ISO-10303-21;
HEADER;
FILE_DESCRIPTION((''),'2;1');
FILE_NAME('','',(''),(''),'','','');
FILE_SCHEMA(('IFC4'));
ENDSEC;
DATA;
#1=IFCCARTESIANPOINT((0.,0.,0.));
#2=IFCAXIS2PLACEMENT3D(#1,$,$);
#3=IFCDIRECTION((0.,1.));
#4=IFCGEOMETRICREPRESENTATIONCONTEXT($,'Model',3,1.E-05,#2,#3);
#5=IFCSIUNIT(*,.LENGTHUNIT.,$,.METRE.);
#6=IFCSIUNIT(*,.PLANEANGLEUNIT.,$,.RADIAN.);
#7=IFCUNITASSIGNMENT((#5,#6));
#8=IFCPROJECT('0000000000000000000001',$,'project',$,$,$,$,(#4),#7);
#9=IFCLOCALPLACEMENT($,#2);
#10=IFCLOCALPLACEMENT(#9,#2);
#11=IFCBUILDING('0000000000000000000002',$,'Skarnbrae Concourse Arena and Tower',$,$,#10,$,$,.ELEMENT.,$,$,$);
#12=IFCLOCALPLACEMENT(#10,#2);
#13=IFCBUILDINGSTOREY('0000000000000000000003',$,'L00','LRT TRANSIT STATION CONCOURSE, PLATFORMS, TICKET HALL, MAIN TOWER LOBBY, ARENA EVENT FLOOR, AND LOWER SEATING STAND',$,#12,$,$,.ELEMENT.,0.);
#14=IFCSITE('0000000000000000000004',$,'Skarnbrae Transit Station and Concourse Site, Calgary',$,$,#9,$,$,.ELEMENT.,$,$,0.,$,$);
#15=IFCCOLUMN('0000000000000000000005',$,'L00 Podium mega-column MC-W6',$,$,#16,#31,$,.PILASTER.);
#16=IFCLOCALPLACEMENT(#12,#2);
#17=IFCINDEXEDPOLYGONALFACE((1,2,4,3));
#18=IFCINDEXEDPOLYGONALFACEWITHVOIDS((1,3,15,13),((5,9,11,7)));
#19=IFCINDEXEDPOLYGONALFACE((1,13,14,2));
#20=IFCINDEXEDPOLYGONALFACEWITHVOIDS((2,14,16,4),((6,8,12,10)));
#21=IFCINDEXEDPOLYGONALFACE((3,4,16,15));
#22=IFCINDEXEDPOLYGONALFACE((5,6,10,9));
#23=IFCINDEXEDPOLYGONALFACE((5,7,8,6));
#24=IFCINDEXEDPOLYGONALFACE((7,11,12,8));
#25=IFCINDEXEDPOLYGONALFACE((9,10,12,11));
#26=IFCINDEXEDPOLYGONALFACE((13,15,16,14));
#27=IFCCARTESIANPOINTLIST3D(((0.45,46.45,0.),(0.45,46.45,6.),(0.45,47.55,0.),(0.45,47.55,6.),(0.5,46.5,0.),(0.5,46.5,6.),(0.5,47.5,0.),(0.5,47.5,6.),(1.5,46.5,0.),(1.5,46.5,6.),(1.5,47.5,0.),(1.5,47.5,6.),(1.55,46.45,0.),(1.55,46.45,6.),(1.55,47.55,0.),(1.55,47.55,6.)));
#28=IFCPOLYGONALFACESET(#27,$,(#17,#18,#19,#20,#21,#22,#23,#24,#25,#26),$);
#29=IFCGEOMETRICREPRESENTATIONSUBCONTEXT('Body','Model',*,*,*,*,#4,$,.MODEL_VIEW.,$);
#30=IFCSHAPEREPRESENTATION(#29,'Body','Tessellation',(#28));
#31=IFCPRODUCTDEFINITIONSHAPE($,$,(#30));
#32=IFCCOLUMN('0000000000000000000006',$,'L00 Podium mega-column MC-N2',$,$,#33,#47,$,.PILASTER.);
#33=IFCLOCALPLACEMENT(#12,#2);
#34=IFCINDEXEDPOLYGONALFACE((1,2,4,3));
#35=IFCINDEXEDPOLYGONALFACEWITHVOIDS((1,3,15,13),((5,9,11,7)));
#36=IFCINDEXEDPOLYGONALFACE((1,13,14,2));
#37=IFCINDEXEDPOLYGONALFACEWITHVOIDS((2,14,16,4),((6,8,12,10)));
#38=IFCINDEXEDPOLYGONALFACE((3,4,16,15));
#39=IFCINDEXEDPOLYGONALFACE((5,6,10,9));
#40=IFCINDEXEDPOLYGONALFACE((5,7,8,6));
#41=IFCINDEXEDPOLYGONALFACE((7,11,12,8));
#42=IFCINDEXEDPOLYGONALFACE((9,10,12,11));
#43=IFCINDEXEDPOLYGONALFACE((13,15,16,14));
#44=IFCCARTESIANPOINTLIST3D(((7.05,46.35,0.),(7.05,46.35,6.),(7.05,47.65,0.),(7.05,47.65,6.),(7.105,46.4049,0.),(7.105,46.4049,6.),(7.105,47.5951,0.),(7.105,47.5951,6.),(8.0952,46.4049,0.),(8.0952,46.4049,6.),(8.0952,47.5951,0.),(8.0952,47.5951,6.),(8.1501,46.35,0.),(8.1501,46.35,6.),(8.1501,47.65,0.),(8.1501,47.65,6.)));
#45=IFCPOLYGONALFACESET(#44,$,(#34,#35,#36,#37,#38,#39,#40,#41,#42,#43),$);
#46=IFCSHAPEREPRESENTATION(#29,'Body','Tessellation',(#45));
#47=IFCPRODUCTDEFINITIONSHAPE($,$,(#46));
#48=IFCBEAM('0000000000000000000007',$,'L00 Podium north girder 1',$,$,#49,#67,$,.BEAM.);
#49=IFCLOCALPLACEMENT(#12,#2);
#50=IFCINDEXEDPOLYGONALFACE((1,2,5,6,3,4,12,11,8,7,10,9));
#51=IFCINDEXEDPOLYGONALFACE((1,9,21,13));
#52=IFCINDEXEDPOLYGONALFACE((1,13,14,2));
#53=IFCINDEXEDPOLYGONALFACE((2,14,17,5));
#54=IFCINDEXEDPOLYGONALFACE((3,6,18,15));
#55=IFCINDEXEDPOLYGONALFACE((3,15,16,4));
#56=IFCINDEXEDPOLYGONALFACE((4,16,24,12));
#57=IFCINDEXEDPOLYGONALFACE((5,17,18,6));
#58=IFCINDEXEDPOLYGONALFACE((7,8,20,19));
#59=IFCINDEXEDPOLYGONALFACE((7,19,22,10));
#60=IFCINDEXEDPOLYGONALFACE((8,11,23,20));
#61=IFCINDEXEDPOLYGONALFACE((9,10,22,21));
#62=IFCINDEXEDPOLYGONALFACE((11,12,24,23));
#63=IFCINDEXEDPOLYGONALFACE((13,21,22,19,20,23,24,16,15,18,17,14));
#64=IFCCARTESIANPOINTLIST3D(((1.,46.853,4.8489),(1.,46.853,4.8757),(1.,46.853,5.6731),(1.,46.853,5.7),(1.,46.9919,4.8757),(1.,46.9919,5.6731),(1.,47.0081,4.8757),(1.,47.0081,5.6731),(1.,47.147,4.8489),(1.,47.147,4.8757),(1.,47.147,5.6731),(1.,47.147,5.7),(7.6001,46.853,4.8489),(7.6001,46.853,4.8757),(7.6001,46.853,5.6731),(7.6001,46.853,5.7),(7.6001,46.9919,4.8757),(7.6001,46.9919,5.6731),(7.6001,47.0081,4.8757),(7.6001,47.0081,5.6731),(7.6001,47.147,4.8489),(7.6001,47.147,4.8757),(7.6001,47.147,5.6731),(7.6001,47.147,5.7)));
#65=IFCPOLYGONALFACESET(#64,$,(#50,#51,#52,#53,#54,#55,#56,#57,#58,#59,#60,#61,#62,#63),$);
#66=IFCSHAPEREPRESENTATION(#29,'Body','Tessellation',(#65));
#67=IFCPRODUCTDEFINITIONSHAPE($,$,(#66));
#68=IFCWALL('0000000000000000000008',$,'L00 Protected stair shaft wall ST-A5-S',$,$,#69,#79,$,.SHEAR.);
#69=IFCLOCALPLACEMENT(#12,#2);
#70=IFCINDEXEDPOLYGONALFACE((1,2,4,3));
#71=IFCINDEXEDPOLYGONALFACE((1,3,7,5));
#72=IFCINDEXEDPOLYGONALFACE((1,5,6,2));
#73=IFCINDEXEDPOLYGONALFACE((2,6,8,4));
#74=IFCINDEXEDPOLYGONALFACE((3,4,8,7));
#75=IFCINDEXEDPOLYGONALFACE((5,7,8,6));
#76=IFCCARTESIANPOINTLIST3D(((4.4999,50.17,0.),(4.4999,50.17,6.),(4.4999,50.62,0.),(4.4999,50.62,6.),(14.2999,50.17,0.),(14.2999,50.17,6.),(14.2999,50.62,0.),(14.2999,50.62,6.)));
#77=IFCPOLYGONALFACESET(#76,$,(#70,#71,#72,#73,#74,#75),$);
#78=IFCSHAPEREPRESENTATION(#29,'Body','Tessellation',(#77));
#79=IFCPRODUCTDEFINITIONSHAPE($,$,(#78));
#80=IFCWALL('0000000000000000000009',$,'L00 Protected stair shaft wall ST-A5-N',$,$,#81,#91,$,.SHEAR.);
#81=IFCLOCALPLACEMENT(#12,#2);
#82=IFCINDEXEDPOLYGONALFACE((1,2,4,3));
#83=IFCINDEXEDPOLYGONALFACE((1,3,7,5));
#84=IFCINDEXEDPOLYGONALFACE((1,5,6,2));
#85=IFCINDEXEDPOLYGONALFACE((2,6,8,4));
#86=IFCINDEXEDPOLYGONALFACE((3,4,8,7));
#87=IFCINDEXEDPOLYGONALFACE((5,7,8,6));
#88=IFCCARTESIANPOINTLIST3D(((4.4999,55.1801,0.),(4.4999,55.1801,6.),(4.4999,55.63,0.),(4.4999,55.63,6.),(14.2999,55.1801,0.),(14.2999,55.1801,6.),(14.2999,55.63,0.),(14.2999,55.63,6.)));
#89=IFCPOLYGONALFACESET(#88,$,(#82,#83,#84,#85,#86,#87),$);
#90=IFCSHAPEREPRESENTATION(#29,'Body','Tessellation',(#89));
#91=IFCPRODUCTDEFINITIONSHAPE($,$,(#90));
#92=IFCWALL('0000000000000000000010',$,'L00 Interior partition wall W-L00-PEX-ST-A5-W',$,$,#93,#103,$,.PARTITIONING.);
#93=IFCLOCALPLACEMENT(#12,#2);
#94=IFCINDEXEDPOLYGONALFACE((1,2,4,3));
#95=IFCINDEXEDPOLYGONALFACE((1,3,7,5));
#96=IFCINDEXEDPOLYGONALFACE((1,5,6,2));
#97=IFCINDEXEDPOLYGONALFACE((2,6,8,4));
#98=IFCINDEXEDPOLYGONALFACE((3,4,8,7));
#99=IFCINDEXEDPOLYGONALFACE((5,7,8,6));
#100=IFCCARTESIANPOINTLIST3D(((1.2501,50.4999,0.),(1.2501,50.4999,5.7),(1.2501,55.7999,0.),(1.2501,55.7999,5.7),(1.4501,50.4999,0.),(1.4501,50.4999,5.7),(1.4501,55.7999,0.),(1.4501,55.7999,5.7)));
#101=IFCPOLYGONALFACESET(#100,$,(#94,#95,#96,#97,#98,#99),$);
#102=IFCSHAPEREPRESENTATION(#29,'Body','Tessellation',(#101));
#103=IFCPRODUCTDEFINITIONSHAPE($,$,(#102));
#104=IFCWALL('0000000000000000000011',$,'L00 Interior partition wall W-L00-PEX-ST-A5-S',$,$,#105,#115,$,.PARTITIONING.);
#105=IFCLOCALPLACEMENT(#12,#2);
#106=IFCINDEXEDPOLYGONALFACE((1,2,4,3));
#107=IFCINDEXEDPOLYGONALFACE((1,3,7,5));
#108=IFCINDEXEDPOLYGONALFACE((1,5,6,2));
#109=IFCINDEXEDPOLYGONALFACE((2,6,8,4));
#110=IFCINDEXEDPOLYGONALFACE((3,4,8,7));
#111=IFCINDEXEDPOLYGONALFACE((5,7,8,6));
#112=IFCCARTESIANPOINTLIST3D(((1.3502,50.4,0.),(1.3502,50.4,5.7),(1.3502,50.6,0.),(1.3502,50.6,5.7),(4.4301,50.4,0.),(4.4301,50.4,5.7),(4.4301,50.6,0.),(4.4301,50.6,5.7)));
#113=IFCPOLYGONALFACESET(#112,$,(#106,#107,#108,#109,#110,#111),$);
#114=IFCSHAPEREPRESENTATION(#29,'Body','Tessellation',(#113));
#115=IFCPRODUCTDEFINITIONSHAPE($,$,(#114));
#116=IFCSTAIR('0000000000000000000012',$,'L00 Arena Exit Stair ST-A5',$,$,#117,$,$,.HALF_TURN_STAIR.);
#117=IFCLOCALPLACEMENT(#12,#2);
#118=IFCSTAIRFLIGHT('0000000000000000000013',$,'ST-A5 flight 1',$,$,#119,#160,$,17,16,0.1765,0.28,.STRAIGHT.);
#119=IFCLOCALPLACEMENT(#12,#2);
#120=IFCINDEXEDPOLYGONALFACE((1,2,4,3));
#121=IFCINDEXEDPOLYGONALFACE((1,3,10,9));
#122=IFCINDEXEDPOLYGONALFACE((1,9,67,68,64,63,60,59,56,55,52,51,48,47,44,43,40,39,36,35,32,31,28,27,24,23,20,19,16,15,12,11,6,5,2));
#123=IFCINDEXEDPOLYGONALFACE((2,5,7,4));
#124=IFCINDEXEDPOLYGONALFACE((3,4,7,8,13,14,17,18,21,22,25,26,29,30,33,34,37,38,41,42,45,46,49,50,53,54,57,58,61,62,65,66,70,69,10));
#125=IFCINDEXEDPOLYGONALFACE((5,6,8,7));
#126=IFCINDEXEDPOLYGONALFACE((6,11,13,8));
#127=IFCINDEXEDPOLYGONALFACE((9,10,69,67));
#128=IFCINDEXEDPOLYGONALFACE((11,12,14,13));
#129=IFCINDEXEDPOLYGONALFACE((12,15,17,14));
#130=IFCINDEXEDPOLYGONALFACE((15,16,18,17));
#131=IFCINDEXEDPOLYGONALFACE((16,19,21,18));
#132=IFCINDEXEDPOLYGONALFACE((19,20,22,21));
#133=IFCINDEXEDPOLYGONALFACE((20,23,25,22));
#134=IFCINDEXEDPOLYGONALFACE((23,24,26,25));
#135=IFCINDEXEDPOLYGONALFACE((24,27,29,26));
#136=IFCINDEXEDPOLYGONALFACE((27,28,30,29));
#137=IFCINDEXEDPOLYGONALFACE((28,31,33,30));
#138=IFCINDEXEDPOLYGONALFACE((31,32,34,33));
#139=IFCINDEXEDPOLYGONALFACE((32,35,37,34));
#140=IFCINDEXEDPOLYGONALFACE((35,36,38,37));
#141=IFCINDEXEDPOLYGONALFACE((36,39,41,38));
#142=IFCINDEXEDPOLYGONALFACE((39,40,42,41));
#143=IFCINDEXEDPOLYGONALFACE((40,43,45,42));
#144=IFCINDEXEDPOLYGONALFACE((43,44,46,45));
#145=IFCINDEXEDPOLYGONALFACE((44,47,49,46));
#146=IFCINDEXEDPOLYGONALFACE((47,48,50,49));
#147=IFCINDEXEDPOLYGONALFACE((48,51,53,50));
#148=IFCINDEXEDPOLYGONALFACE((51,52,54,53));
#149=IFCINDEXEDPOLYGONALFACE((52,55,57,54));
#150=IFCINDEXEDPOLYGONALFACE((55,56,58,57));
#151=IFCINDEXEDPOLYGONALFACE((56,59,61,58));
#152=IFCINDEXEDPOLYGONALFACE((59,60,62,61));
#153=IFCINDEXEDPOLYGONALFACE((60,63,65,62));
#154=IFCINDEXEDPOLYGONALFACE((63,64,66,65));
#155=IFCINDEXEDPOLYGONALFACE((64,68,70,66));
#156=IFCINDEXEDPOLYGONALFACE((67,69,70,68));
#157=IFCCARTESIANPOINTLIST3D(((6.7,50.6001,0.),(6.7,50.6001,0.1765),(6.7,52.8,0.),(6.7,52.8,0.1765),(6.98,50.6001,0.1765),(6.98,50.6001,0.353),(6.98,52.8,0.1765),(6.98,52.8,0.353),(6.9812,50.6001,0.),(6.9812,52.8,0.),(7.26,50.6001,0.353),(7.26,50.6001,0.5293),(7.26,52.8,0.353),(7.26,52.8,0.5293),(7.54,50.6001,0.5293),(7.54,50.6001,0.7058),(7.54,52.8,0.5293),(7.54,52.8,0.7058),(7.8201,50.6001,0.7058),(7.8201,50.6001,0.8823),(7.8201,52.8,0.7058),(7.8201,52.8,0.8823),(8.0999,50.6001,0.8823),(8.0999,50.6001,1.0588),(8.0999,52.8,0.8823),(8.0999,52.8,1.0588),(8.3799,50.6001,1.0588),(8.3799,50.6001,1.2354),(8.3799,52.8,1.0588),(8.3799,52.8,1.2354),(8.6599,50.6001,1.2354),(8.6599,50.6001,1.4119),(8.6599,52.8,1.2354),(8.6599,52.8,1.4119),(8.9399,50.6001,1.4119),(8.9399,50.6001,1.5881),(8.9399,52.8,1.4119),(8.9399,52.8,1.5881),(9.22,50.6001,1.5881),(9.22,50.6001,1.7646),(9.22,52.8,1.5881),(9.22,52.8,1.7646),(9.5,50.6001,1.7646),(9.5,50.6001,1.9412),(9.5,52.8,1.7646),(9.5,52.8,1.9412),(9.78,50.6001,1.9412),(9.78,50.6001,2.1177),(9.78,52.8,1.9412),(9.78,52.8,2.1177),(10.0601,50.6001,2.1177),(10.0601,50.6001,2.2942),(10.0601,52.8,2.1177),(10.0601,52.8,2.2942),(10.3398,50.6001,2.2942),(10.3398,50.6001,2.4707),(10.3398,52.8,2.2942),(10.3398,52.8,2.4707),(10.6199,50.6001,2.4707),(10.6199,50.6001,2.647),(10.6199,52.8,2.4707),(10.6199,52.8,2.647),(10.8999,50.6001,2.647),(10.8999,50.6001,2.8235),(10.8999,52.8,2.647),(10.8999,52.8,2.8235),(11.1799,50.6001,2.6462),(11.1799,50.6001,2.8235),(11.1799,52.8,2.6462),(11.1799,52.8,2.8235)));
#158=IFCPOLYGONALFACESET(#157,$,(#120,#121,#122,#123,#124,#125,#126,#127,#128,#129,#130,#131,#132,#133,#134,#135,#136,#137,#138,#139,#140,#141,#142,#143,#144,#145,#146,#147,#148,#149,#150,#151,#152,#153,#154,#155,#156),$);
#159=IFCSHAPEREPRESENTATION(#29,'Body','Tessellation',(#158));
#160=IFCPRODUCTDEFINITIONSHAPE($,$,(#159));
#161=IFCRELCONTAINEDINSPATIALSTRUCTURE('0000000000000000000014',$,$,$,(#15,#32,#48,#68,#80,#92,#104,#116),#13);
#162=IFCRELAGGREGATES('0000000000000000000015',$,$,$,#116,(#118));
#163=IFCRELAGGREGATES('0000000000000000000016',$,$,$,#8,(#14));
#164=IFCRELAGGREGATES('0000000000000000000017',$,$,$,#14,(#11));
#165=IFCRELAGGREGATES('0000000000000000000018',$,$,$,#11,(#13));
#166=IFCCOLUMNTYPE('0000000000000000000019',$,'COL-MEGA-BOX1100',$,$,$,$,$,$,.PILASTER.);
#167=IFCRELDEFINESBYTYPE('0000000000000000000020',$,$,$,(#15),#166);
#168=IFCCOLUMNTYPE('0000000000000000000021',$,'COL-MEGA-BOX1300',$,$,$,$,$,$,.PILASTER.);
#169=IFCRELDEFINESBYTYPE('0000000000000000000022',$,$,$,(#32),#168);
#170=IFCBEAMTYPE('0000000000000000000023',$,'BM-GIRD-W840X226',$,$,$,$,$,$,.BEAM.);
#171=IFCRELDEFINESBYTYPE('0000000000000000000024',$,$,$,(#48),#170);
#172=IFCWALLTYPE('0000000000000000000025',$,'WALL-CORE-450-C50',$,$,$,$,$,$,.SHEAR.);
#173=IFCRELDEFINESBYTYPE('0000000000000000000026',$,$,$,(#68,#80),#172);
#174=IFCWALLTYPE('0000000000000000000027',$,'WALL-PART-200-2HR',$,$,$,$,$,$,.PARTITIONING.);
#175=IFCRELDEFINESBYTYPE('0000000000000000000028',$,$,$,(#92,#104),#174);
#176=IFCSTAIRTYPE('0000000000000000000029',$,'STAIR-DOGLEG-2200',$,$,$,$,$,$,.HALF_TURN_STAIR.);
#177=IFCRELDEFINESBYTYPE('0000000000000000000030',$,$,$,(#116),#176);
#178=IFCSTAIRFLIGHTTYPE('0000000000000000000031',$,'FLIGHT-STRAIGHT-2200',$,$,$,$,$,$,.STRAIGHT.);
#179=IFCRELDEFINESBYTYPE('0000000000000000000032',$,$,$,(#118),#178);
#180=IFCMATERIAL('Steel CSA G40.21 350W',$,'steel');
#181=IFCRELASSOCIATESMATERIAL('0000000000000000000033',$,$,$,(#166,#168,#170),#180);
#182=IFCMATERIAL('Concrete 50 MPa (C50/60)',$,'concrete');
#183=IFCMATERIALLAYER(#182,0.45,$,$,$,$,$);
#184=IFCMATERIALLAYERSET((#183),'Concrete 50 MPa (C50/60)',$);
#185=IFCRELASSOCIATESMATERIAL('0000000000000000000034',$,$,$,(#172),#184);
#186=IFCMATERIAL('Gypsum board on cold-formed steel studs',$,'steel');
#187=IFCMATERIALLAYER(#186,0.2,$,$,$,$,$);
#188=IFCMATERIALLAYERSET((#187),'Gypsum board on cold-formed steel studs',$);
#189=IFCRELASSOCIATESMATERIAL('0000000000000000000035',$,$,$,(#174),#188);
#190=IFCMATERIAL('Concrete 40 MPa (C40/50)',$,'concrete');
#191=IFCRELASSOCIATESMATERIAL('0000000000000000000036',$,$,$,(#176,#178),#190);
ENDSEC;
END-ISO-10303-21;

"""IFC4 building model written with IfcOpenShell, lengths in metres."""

from ifc_helpers import new_model, si_unit, direction, frame, frame_2d, origin, origin_2d, place, context, subcontext, project, spatial, polyline, rectangle, hollow_rectangle, i_section, outline, extrude, source, transform, mapped, material, layer, layer_set, material_profile, profile_set, type_object, element, aggregate, save


model = new_model("IFC4")

# Units and contexts
model_context = context("Model", 3, precision=1e-05, world=origin(), true_north=direction((0.0, 1.0)))
body_context = subcontext(model_context, "Body", "Model", "MODEL_VIEW")
ifc_project = project(units=[si_unit("LENGTHUNIT", "METRE"), si_unit("PLANEANGLEUNIT", "RADIAN")], contexts=[model_context])

# Site, building, storey
site_placement = place(None, origin())
site = spatial("IfcSite", under=ifc_project, at=site_placement, Name="Skarnbrae Transit Station and Concourse Site, Calgary", CompositionType="ELEMENT", RefElevation=0.0)
building_placement = place(site_placement, origin())
building = spatial("IfcBuilding", under=site, at=building_placement, Name="Skarnbrae Concourse Arena and Tower", CompositionType="ELEMENT")
storey_placement = place(building_placement, origin())
storey = spatial("IfcBuildingStorey", under=building, at=storey_placement, Name="L00", Description="LRT TRANSIT STATION CONCOURSE, PLATFORMS, TICKET HALL, MAIN TOWER LOBBY, ARENA EVENT FLOOR, AND LOWER SEATING STAND", CompositionType="ELEMENT", Elevation=0.0)

# Columns
ifc_material_1 = material(Name="Steel CSA G40.21 350W", Category="steel")
ifc_material_profile_1 = material_profile(ifc_material_1, hollow_rectangle(XDim=1.1001, YDim=1.1001, WallThickness=0.05, at=origin_2d()), Name="BOX1100X1100X50")
ifc_profile_set_1 = profile_set([ifc_material_profile_1], Name="Steel CSA G40.21 350W")
column_type_1 = type_object("IfcColumnType", Name="COL-MEGA-BOX1100", PredefinedType="PILASTER", material=ifc_profile_set_1)
shared_shape_1 = source(origin(), body_context, "Body", "SweptSolid", [
    extrude(hollow_rectangle(XDim=1.1001, YDim=1.1001, WallThickness=0.05, at=origin_2d()), origin(), (0.0, 0.0, 1.0), 6.0),
])
column_1_placement = place(storey_placement, frame((1.0, 47.0, 0.0), z_axis=(0.0, 0.0, 1.0), x_axis=(1.0, 0.0, 0.0)))
element("IfcColumn", 1, at=column_1_placement, inside=storey, type_object=column_type_1, Name="L00 Podium mega-column MC-W6", PredefinedType="PILASTER", context=body_context, shape_type="MappedRepresentation", body=[
    mapped(shared_shape_1, transform((0.0, 0.0, 0.0))),
])
ifc_material_profile_2 = material_profile(ifc_material_1, hollow_rectangle(XDim=1.1001, YDim=1.3, WallThickness=0.0549, at=origin_2d()), Name="BOX1300X1100X55")
ifc_profile_set_2 = profile_set([ifc_material_profile_2], Name="Steel CSA G40.21 350W")
column_type_2 = type_object("IfcColumnType", Name="COL-MEGA-BOX1300", PredefinedType="PILASTER", material=ifc_profile_set_2)
shared_shape_2 = source(origin(), body_context, "Body", "SweptSolid", [
    extrude(hollow_rectangle(XDim=1.1001, YDim=1.3, WallThickness=0.0549, at=origin_2d()), origin(), (0.0, 0.0, 1.0), 6.0),
])
column_2_placement = place(storey_placement, frame((7.6001, 47.0, 0.0), z_axis=(0.0, 0.0, 1.0), x_axis=(1.0, 0.0, 0.0)))
element("IfcColumn", 2, at=column_2_placement, inside=storey, type_object=column_type_2, Name="L00 Podium mega-column MC-N2", PredefinedType="PILASTER", context=body_context, shape_type="MappedRepresentation", body=[
    mapped(shared_shape_2, transform((0.0, 0.0, 0.0))),
])

# Beam
ifc_material_profile_3 = material_profile(ifc_material_1, i_section(OverallWidth=0.2939, OverallDepth=0.8511, WebThickness=0.0161, FlangeThickness=0.0269, at=origin_2d()), Name="W840X226")
ifc_profile_set_3 = profile_set([ifc_material_profile_3], Name="Steel CSA G40.21 350W")
beam_type = type_object("IfcBeamType", Name="BM-GIRD-W840X226", PredefinedType="BEAM", material=ifc_profile_set_3)
shared_shape_3 = source(origin(), body_context, "Body", "SweptSolid", [
    extrude(i_section(OverallWidth=0.2939, OverallDepth=0.8511, WebThickness=0.0161, FlangeThickness=0.0269, at=origin_2d()), origin(), (0.0, 0.0, 1.0), 6.6001),
])
beam_placement = place(storey_placement, frame((1.0, 47.0, 5.2744), z_axis=(1.0, 0.0, 0.0), x_axis=(0.0, 1.0, 0.0)))
element("IfcBeam", 3, at=beam_placement, inside=storey, type_object=beam_type, Name="L00 Podium north girder 1", PredefinedType="BEAM", context=body_context, shape_type="MappedRepresentation", body=[
    mapped(shared_shape_3, transform((0.0, 0.0, 0.0))),
])

# Walls
ifc_material_2 = material(Name="Concrete 50 MPa (C50/60)", Category="concrete")
ifc_layer_1 = layer(ifc_material_2, 0.45)
ifc_layer_set_1 = layer_set([ifc_layer_1], Name="Concrete 50 MPa (C50/60)")
wall_type_1 = type_object("IfcWallType", Name="WALL-CORE-450-C50", PredefinedType="SHEAR", material=ifc_layer_set_1)
shared_shape_4 = source(origin(), body_context, "Body", "SweptSolid", [
    extrude(rectangle(XDim=9.8, YDim=0.45, at=frame_2d((4.8999, 0.0))), origin(), (0.0, 0.0, 1.0), 6.0),
])
for number, where, z_axis, x_axis, name in (
    (4, (4.5, 50.395, 0.0), (0.0, 0.0, 1.0), (1.0, 0.0, 0.0), "L00 Protected stair shaft wall ST-A5-S"),
    (5, (4.5, 55.405, 0.0), (0.0, 0.0, 1.0), (1.0, 0.0, 0.0), "L00 Protected stair shaft wall ST-A5-N"),
):
    element("IfcWall", number, at=place(storey_placement, frame(where, z_axis=z_axis, x_axis=x_axis)), inside=storey, type_object=wall_type_1, Name=name, PredefinedType="SHEAR", context=body_context, shape_type="MappedRepresentation", body=[
        mapped(shared_shape_4, transform((0.0, 0.0, 0.0))),
    ])

# Walls
ifc_material_3 = material(Name="Gypsum board on cold-formed steel studs", Category="steel")
ifc_layer_2 = layer(ifc_material_3, 0.2)
ifc_layer_set_2 = layer_set([ifc_layer_2], Name="Gypsum board on cold-formed steel studs")
wall_type_2 = type_object("IfcWallType", Name="WALL-PART-200-2HR", PredefinedType="PARTITIONING", material=ifc_layer_set_2)
shared_shape_5 = source(origin(), body_context, "Body", "SweptSolid", [
    extrude(rectangle(XDim=5.3, YDim=0.2, at=frame_2d((2.6499, 0.0))), origin(), (0.0, 0.0, 1.0), 5.7),
])
wall_1_placement = place(storey_placement, frame((1.3501, 50.5, 0.0), z_axis=(0.0, 0.0, 1.0), x_axis=(0.0, 1.0, 0.0)))
element("IfcWall", 6, at=wall_1_placement, inside=storey, type_object=wall_type_2, Name="L00 Interior partition wall W-L00-PEX-ST-A5-W", PredefinedType="PARTITIONING", context=body_context, shape_type="MappedRepresentation", body=[
    mapped(shared_shape_5, transform((0.0, 0.0, 0.0))),
])
shared_shape_6 = source(origin(), body_context, "Body", "SweptSolid", [
    extrude(rectangle(XDim=3.0798, YDim=0.2, at=frame_2d((1.54, 0.0))), origin(), (0.0, 0.0, 1.0), 5.7),
])
wall_2_placement = place(storey_placement, frame((1.3501, 50.5, 0.0), z_axis=(0.0, 0.0, 1.0), x_axis=(1.0, 0.0, 0.0)))
element("IfcWall", 7, at=wall_2_placement, inside=storey, type_object=wall_type_2, Name="L00 Interior partition wall W-L00-PEX-ST-A5-S", PredefinedType="PARTITIONING", context=body_context, shape_type="MappedRepresentation", body=[
    mapped(shared_shape_6, transform((0.0, 0.0, 0.0))),
])

# Stair, stair flight
ifc_material_4 = material(Name="Concrete 40 MPa (C40/50)", Category="concrete")
stair_type = type_object("IfcStairType", Name="STAIR-DOGLEG-2200", PredefinedType="HALF_TURN_STAIR", material=ifc_material_4)
stair_placement = place(storey_placement, origin())
stair = element("IfcStair", 8, at=stair_placement, inside=storey, type_object=stair_type, Name="L00 Arena Exit Stair ST-A5", PredefinedType="HALF_TURN_STAIR")
stair_flight_type = type_object("IfcStairFlightType", Name="FLIGHT-STRAIGHT-2200", PredefinedType="STRAIGHT", material=ifc_material_4)
shared_shape_7 = source(origin(), body_context, "Body", "SweptSolid", [
    extrude(outline(polyline([(0.0, 0.0), (0.0, 0.1765), (0.28, 0.1765), (0.28, 0.353), (0.5601, 0.353), (0.5601, 0.5293), (0.8401, 0.5293), (0.8401, 0.7058), (1.1201, 0.7058), (1.1201, 0.8823), (1.3999, 0.8823), (1.3999, 1.0588), (1.6799, 1.0588), (1.6799, 1.2354), (1.96, 1.2354), (1.96, 1.4119), (2.24, 1.4119), (2.24, 1.5881), (2.52, 1.5881), (2.52, 1.7646), (2.8, 1.7646), (2.8, 1.9412), (3.0801, 1.9412), (3.0801, 2.1177), (3.3601, 2.1177), (3.3601, 2.2942), (3.6399, 2.2942), (3.6399, 2.4707), (3.9199, 2.4707), (3.9199, 2.647), (4.2, 2.647), (4.2, 2.8235), (4.48, 2.8235), (4.48, 3.0), (4.48, 2.6462), (0.2812, 0.0), (0.0, 0.0)])), frame((0.0, 1.1001, 0.0), z_axis=(0.0, -1.0, 0.0), x_axis=(1.0, 0.0, 0.0)), (0.0, 0.0, 1.0), 2.2),
])
stair_flight_placement = place(storey_placement, frame((6.7, 51.7, 0.0), z_axis=(0.0, 0.0, 1.0), x_axis=(1.0, 0.0, 0.0)))
stair_flight = element("IfcStairFlight", 9, at=stair_flight_placement, type_object=stair_flight_type, Name="ST-A5 flight 1", NumberOfRisers=17, NumberOfTreads=16, PredefinedType="STRAIGHT", RiserHeight=0.1765, TreadLength=0.28, context=body_context, shape_type="MappedRepresentation", body=[
    mapped(shared_shape_7, transform((0.0, 0.0, 0.0))),
])
aggregate(stair, [stair_flight])

save(model, "model.ifc")
